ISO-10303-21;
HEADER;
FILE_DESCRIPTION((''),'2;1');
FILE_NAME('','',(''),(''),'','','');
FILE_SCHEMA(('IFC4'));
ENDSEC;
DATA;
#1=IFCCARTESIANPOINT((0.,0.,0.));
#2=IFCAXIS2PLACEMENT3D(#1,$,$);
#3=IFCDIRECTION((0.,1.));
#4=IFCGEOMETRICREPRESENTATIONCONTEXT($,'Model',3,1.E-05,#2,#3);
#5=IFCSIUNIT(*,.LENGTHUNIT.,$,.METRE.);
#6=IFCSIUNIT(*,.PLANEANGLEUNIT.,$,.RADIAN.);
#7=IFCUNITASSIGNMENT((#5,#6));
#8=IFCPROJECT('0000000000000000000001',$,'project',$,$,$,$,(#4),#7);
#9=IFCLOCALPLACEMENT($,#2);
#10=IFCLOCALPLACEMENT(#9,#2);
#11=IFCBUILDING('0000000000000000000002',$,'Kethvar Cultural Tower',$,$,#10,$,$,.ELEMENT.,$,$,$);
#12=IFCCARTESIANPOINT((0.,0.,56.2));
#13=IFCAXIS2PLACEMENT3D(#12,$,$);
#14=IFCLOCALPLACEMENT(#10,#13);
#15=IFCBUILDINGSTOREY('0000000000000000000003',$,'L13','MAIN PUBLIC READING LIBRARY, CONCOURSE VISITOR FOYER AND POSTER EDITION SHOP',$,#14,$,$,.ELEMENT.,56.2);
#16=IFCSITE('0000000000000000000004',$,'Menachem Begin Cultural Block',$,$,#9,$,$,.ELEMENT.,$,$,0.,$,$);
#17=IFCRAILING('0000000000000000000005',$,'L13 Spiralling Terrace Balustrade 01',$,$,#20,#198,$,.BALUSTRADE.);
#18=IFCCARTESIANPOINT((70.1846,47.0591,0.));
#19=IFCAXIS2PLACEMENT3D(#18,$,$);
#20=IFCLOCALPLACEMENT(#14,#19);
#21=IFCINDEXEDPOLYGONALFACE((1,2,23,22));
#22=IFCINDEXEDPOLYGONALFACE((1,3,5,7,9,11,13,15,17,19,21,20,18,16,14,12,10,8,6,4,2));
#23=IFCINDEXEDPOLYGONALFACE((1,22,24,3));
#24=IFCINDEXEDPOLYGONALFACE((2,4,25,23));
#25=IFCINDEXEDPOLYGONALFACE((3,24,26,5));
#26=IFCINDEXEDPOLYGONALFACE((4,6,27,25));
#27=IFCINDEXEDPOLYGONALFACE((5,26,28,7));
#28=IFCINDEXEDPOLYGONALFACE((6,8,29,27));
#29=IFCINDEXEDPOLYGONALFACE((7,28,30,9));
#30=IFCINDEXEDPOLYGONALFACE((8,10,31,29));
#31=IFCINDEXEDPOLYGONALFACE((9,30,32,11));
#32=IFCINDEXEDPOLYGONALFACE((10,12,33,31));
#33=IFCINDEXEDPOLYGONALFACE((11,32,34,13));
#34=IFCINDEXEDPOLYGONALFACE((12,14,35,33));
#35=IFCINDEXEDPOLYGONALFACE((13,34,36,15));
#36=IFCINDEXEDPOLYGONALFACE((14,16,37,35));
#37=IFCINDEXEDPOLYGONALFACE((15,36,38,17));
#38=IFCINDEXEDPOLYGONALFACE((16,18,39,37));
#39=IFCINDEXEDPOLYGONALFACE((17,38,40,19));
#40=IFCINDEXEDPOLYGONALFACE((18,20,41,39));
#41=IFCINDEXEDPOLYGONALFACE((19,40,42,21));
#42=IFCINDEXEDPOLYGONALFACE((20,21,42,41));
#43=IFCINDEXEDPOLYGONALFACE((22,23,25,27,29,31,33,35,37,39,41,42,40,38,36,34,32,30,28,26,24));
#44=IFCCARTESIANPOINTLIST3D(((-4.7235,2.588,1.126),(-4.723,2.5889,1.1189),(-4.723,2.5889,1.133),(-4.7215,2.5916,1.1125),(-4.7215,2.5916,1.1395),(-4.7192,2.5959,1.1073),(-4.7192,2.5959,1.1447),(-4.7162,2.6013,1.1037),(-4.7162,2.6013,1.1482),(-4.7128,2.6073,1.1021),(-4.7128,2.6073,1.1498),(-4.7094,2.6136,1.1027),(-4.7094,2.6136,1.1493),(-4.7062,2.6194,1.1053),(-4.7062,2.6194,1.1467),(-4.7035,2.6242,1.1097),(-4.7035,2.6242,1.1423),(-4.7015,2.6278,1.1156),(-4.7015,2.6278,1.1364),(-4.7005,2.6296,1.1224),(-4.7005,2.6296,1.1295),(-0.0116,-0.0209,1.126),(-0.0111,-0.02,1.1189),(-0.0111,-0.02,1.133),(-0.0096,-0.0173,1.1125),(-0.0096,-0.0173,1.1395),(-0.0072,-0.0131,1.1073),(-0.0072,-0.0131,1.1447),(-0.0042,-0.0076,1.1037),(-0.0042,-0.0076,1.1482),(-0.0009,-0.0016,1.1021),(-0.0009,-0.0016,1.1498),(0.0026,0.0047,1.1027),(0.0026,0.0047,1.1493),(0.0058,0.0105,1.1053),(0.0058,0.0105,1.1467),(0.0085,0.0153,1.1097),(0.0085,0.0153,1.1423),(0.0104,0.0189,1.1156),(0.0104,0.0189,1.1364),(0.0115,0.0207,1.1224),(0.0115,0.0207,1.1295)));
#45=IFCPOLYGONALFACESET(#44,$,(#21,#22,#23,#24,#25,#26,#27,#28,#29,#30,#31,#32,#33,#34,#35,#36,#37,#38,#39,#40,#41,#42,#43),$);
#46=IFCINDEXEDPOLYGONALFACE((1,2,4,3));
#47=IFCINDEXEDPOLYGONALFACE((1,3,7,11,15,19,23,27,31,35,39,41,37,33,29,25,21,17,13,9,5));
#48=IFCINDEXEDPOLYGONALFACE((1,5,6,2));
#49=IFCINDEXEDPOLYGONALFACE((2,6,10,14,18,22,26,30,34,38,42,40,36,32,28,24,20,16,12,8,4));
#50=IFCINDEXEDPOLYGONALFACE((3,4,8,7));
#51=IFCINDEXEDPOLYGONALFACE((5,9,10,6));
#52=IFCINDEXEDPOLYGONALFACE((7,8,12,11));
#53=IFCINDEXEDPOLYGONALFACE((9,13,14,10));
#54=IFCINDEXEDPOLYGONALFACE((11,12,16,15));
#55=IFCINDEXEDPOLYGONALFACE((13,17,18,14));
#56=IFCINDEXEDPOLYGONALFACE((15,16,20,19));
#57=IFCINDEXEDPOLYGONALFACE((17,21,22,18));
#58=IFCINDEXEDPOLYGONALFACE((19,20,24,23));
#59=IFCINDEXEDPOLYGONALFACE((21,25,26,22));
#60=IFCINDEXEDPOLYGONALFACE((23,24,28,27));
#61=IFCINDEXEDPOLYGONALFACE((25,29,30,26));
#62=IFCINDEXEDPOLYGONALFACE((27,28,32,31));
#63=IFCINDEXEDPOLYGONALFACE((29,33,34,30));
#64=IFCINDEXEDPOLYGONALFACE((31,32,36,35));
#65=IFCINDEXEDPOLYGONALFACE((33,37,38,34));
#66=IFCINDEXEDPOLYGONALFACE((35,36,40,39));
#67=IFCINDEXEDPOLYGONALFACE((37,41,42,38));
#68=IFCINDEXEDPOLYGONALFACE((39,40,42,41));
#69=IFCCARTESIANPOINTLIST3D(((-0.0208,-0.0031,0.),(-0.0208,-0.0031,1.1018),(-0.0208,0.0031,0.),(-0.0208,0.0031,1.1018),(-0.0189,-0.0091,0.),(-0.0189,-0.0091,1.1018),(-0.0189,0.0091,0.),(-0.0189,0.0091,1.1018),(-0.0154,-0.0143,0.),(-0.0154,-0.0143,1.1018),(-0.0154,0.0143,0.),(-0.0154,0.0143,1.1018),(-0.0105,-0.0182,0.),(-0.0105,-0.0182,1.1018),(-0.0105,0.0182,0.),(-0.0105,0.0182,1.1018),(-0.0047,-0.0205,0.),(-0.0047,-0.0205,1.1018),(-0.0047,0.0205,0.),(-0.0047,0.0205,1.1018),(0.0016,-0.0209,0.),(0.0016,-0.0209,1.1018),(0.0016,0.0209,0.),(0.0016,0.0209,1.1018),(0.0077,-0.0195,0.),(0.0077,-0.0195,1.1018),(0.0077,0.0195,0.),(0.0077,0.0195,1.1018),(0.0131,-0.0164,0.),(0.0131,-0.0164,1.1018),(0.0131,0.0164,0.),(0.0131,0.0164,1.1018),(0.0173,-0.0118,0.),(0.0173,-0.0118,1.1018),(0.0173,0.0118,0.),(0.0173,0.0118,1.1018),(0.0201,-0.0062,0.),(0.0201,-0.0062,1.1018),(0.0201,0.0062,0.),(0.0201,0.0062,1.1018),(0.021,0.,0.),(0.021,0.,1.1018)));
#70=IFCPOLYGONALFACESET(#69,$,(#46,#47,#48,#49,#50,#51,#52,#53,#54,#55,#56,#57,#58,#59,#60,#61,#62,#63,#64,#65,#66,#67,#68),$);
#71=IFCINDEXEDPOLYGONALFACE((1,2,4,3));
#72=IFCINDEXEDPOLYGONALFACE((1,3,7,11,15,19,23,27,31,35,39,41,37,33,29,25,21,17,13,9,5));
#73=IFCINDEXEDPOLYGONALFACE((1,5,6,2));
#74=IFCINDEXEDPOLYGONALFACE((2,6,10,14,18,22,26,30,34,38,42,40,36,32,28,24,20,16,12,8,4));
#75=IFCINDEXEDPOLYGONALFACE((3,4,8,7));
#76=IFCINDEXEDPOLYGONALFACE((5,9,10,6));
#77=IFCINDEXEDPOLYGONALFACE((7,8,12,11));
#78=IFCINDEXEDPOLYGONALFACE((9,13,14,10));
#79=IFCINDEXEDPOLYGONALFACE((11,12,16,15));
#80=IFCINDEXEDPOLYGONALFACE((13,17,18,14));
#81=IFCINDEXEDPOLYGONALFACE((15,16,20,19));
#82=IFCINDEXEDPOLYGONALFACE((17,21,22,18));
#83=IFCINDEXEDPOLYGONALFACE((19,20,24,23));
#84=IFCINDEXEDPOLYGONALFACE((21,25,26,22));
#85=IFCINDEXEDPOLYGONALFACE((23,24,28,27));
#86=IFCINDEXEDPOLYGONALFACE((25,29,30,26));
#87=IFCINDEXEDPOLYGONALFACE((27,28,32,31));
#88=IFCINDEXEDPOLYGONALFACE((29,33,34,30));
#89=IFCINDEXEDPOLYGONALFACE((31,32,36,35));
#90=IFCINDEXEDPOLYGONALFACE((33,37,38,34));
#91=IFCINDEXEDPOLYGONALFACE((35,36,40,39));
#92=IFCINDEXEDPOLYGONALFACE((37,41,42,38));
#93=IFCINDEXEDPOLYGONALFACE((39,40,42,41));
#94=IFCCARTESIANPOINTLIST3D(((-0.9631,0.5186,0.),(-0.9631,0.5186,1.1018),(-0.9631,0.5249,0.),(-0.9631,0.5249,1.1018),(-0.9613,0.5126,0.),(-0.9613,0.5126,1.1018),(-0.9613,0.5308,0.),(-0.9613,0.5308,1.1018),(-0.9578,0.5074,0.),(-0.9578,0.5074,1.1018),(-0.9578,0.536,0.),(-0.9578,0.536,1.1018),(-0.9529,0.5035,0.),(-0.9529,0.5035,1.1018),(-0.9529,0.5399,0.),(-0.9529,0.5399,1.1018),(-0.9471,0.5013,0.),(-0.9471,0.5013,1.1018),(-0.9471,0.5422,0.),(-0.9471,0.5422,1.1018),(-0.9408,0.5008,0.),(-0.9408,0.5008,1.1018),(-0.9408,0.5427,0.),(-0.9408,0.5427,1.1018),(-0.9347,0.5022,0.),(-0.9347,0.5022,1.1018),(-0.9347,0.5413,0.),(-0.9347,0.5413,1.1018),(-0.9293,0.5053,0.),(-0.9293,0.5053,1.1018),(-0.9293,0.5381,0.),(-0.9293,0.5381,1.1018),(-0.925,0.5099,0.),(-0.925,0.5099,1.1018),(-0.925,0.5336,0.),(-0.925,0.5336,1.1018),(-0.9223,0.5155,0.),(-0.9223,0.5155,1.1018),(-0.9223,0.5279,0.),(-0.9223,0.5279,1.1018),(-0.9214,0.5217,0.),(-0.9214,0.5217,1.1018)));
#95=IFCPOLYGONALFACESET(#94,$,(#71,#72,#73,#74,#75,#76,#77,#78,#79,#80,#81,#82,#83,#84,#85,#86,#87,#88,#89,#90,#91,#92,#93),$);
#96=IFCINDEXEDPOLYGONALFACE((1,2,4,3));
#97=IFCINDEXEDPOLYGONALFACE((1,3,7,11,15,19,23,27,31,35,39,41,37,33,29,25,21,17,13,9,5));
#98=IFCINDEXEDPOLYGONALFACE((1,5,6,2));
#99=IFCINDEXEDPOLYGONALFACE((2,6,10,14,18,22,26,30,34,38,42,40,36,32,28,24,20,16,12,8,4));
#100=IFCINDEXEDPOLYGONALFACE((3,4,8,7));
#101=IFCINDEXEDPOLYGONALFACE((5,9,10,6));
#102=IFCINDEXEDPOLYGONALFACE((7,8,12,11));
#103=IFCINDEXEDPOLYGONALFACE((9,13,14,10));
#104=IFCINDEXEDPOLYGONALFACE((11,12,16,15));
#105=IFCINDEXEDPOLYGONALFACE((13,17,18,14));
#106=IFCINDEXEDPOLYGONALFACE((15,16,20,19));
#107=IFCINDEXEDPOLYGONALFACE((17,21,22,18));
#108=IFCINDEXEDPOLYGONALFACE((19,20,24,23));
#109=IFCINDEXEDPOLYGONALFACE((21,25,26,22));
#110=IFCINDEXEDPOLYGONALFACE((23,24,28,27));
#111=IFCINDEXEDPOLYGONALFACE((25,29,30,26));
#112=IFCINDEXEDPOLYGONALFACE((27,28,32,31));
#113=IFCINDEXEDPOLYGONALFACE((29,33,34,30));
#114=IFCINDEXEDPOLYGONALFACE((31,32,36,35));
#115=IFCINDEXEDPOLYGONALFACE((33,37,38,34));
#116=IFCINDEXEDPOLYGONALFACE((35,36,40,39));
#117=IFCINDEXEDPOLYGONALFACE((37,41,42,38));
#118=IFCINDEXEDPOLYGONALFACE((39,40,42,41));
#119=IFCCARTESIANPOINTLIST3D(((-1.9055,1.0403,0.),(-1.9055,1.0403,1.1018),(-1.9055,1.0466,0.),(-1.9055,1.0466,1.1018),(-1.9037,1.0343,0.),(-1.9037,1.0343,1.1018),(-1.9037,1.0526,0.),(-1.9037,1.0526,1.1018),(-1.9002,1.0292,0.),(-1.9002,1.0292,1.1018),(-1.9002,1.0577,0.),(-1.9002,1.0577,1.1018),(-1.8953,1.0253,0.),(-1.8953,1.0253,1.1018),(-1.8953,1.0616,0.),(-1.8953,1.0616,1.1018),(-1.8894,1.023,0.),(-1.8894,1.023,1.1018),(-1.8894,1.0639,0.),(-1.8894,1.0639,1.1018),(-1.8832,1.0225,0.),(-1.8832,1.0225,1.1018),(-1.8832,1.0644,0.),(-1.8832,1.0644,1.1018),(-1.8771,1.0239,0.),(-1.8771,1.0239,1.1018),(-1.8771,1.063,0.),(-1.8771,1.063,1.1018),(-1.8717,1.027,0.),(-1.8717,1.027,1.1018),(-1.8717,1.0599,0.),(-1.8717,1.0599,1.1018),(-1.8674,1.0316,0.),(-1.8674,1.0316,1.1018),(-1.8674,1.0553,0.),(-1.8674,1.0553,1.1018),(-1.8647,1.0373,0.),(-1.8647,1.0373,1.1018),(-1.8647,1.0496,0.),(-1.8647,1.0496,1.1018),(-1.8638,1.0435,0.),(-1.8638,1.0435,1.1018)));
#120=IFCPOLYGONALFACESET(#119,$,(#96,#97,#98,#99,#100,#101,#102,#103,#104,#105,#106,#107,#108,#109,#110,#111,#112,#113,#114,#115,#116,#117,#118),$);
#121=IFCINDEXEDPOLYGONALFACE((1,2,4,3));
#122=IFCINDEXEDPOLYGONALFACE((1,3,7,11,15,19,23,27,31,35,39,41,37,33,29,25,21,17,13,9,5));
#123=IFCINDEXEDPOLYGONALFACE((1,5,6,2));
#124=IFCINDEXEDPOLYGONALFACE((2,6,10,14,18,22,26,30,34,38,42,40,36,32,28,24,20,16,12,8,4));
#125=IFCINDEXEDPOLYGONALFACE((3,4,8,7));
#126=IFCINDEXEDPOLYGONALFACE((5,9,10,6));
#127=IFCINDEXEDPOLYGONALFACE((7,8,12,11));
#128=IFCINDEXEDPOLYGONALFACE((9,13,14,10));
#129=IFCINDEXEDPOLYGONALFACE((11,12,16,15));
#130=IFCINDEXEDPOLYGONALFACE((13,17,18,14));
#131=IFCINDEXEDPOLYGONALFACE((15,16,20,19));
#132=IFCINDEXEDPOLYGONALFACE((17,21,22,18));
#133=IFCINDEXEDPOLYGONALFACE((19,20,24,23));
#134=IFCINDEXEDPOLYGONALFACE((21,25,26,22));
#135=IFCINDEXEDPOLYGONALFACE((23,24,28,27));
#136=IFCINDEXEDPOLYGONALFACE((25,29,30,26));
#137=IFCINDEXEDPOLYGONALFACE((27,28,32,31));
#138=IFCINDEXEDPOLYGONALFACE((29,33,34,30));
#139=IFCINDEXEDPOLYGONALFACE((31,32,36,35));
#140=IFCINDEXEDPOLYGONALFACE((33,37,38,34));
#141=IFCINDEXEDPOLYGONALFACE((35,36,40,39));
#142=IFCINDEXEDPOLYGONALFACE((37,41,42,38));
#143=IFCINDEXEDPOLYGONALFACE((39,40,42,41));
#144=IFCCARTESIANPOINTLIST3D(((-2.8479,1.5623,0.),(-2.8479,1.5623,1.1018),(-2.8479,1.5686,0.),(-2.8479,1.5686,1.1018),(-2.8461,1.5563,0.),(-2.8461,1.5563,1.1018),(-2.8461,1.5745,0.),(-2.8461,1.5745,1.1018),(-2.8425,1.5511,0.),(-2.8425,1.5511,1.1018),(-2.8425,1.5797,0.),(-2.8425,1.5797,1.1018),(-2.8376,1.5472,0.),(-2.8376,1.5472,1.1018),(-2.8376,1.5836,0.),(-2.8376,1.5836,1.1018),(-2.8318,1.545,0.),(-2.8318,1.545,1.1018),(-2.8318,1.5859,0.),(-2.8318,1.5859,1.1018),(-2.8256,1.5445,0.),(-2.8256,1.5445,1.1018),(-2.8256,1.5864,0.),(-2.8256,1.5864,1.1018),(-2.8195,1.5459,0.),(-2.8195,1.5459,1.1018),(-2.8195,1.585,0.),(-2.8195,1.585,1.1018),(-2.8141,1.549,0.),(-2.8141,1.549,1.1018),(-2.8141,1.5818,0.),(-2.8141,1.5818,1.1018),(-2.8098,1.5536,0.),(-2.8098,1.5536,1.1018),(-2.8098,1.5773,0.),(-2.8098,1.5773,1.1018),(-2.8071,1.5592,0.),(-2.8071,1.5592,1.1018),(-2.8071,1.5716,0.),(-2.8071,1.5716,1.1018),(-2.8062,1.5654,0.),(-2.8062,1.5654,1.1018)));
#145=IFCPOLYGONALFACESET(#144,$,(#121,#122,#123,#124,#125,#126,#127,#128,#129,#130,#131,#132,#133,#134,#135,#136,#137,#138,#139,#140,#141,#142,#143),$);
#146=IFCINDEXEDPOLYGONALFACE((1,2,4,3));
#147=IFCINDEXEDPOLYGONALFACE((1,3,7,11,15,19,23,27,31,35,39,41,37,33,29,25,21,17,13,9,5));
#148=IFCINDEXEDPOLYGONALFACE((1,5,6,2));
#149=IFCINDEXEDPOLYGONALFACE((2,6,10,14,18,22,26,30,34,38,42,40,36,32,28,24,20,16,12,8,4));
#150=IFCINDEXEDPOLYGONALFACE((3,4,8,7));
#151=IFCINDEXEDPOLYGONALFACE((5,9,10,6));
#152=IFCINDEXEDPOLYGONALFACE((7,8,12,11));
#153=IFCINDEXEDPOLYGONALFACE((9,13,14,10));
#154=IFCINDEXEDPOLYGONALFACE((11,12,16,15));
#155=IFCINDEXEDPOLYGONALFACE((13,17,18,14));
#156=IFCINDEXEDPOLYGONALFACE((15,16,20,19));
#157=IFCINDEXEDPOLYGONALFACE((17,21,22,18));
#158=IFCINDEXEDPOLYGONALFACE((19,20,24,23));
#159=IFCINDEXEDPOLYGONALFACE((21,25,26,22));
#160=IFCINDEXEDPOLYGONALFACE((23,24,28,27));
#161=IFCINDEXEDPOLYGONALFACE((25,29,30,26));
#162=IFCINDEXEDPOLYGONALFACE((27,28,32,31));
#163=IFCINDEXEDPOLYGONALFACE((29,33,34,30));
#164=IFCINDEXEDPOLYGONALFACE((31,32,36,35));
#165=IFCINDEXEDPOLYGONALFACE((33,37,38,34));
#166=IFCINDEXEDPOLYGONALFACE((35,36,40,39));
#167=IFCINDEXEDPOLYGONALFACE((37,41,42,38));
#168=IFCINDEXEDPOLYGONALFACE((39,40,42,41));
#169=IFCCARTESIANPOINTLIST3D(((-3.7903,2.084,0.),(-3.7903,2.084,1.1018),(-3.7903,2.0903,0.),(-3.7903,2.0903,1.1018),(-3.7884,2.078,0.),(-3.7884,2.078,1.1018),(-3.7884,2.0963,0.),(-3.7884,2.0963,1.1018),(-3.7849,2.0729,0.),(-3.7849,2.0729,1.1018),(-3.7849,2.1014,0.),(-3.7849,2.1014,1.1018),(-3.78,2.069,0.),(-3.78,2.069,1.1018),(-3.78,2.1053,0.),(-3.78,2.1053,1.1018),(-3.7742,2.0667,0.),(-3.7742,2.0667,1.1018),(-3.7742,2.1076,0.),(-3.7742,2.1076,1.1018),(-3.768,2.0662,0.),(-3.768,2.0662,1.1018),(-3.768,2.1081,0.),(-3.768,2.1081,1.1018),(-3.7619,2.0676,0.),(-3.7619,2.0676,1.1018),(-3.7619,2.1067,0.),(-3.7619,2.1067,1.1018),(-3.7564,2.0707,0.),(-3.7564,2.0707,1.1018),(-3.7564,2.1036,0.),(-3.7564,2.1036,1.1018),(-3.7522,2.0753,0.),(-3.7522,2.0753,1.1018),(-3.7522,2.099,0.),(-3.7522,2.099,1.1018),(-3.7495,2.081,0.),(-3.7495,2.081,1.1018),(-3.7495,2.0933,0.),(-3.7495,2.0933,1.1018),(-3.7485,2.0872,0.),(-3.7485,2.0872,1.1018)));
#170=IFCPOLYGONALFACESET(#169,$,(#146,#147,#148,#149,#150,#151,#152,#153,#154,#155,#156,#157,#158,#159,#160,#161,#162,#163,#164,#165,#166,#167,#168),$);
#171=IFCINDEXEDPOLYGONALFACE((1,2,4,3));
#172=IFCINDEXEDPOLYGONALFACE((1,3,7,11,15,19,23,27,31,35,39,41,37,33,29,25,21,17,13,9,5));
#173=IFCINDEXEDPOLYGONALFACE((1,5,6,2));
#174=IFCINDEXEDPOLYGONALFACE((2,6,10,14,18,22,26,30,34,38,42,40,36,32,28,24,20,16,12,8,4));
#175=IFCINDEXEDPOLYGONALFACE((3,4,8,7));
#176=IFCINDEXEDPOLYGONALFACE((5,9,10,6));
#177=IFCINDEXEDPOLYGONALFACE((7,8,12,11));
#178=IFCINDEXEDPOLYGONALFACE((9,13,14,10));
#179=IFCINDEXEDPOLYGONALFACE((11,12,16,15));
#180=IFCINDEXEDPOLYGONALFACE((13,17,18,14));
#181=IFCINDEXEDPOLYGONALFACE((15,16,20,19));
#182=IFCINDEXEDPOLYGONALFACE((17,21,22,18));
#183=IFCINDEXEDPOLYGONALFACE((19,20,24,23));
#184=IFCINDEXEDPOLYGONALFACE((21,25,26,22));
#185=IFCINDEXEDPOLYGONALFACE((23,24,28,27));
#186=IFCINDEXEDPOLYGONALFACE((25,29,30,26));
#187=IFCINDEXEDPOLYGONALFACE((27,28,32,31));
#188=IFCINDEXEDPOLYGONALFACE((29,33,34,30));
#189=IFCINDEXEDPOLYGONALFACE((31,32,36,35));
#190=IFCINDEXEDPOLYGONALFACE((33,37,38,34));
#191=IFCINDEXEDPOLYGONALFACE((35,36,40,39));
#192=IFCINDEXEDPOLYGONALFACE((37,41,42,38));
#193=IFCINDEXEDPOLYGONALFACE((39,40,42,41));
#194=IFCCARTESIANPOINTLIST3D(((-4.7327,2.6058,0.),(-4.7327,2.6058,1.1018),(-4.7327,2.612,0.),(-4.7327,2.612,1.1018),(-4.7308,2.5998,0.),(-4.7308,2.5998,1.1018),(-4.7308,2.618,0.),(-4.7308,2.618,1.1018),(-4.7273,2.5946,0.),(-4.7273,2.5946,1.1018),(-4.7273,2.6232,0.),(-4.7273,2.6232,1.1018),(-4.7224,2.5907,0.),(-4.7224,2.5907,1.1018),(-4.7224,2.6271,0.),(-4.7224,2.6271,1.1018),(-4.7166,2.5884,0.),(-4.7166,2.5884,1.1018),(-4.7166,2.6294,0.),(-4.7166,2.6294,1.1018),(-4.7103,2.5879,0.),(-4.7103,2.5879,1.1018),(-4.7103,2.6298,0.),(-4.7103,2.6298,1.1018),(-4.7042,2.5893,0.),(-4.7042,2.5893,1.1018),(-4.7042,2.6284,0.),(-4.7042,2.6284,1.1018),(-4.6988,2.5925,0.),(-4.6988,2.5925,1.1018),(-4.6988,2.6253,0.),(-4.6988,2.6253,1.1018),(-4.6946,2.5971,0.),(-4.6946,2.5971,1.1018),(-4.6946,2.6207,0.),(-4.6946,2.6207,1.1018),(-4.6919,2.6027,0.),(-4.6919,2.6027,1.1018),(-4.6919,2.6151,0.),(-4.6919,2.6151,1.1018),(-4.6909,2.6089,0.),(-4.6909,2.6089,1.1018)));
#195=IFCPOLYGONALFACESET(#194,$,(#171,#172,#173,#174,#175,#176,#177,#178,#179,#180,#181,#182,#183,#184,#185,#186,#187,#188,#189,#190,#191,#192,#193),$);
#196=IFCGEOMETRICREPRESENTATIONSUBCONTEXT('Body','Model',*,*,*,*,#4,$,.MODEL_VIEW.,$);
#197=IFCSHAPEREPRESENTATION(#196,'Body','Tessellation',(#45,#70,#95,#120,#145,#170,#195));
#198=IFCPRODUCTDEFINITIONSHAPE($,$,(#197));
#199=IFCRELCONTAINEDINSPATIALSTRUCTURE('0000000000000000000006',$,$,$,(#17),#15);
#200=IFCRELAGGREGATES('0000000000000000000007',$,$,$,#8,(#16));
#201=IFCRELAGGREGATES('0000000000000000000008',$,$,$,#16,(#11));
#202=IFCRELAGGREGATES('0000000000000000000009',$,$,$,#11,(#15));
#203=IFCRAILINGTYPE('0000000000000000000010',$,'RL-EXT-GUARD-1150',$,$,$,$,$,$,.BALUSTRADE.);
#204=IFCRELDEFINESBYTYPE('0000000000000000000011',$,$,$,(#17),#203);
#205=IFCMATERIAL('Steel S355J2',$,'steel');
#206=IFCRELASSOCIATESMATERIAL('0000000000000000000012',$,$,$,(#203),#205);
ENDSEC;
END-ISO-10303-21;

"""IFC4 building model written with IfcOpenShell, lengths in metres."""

from ifc_helpers import new_model, si_unit, direction, frame, origin, origin_2d, place, context, subcontext, project, spatial, circle, extrude, material, type_object, element, save


model = new_model("IFC4")

# Units and contexts
model_context = context("Model", 3, precision=1e-05, world=origin(), true_north=direction((0.0, 1.0)))
body_context = subcontext(model_context, "Body", "Model", "MODEL_VIEW")
ifc_project = project(units=[si_unit("LENGTHUNIT", "METRE"), si_unit("PLANEANGLEUNIT", "RADIAN")], contexts=[model_context])

# Site, building, storey
site_placement = place(None, origin())
site = spatial("IfcSite", under=ifc_project, at=site_placement, Name="Menachem Begin Cultural Block", CompositionType="ELEMENT", RefElevation=0.0)
building_placement = place(site_placement, origin())
building = spatial("IfcBuilding", under=site, at=building_placement, Name="Kethvar Cultural Tower", CompositionType="ELEMENT")
storey_placement = place(building_placement, frame((0.0, 0.0, 56.2)))
storey = spatial("IfcBuildingStorey", under=building, at=storey_placement, Name="L13", Description="MAIN PUBLIC READING LIBRARY, CONCOURSE VISITOR FOYER AND POSTER EDITION SHOP", CompositionType="ELEMENT", Elevation=56.2)

# Shared definitions
ifc_material_1 = material(Name="Steel S355J2", Category="steel")

# Railing
railing_type = type_object("IfcRailingType", Name="RL-EXT-GUARD-1150", PredefinedType="BALUSTRADE", material=ifc_material_1)
railing_1_placement = place(storey_placement, frame((70.1846, 47.0591, 0.0)))
element("IfcRailing", 1, at=railing_1_placement, inside=storey, type_object=railing_type, Name="L13 Spiralling Terrace Balustrade 01", PredefinedType="BALUSTRADE", context=body_context, shape_type="SweptSolid", body=[
    extrude(circle(Radius=0.0239, at=origin_2d()), frame((0.0, 0.0, 1.126), z_axis=(-0.874853, 0.484388, 0.0), x_axis=(-0.484388, -0.874853, 0.0)), (0.0, 0.0, 1.0), 5.386),
    extrude(circle(Radius=0.021, at=origin_2d()), origin(), (0.0, 0.0, 1.0), 1.1018),
    extrude(circle(Radius=0.021, at=origin_2d()), frame((-0.9424, 0.5217, 0.0)), (0.0, 0.0, 1.0), 1.1018),
    extrude(circle(Radius=0.021, at=origin_2d()), frame((-1.8848, 1.0435, 0.0)), (0.0, 0.0, 1.0), 1.1018),
    extrude(circle(Radius=0.021, at=origin_2d()), frame((-2.8271, 1.5654, 0.0)), (0.0, 0.0, 1.0), 1.1018),
    extrude(circle(Radius=0.021, at=origin_2d()), frame((-3.7695, 2.0872, 0.0)), (0.0, 0.0, 1.0), 1.1018),
    extrude(circle(Radius=0.021, at=origin_2d()), frame((-4.7119, 2.6089, 0.0)), (0.0, 0.0, 1.0), 1.1018),
])

save(model, "model.ifc")
